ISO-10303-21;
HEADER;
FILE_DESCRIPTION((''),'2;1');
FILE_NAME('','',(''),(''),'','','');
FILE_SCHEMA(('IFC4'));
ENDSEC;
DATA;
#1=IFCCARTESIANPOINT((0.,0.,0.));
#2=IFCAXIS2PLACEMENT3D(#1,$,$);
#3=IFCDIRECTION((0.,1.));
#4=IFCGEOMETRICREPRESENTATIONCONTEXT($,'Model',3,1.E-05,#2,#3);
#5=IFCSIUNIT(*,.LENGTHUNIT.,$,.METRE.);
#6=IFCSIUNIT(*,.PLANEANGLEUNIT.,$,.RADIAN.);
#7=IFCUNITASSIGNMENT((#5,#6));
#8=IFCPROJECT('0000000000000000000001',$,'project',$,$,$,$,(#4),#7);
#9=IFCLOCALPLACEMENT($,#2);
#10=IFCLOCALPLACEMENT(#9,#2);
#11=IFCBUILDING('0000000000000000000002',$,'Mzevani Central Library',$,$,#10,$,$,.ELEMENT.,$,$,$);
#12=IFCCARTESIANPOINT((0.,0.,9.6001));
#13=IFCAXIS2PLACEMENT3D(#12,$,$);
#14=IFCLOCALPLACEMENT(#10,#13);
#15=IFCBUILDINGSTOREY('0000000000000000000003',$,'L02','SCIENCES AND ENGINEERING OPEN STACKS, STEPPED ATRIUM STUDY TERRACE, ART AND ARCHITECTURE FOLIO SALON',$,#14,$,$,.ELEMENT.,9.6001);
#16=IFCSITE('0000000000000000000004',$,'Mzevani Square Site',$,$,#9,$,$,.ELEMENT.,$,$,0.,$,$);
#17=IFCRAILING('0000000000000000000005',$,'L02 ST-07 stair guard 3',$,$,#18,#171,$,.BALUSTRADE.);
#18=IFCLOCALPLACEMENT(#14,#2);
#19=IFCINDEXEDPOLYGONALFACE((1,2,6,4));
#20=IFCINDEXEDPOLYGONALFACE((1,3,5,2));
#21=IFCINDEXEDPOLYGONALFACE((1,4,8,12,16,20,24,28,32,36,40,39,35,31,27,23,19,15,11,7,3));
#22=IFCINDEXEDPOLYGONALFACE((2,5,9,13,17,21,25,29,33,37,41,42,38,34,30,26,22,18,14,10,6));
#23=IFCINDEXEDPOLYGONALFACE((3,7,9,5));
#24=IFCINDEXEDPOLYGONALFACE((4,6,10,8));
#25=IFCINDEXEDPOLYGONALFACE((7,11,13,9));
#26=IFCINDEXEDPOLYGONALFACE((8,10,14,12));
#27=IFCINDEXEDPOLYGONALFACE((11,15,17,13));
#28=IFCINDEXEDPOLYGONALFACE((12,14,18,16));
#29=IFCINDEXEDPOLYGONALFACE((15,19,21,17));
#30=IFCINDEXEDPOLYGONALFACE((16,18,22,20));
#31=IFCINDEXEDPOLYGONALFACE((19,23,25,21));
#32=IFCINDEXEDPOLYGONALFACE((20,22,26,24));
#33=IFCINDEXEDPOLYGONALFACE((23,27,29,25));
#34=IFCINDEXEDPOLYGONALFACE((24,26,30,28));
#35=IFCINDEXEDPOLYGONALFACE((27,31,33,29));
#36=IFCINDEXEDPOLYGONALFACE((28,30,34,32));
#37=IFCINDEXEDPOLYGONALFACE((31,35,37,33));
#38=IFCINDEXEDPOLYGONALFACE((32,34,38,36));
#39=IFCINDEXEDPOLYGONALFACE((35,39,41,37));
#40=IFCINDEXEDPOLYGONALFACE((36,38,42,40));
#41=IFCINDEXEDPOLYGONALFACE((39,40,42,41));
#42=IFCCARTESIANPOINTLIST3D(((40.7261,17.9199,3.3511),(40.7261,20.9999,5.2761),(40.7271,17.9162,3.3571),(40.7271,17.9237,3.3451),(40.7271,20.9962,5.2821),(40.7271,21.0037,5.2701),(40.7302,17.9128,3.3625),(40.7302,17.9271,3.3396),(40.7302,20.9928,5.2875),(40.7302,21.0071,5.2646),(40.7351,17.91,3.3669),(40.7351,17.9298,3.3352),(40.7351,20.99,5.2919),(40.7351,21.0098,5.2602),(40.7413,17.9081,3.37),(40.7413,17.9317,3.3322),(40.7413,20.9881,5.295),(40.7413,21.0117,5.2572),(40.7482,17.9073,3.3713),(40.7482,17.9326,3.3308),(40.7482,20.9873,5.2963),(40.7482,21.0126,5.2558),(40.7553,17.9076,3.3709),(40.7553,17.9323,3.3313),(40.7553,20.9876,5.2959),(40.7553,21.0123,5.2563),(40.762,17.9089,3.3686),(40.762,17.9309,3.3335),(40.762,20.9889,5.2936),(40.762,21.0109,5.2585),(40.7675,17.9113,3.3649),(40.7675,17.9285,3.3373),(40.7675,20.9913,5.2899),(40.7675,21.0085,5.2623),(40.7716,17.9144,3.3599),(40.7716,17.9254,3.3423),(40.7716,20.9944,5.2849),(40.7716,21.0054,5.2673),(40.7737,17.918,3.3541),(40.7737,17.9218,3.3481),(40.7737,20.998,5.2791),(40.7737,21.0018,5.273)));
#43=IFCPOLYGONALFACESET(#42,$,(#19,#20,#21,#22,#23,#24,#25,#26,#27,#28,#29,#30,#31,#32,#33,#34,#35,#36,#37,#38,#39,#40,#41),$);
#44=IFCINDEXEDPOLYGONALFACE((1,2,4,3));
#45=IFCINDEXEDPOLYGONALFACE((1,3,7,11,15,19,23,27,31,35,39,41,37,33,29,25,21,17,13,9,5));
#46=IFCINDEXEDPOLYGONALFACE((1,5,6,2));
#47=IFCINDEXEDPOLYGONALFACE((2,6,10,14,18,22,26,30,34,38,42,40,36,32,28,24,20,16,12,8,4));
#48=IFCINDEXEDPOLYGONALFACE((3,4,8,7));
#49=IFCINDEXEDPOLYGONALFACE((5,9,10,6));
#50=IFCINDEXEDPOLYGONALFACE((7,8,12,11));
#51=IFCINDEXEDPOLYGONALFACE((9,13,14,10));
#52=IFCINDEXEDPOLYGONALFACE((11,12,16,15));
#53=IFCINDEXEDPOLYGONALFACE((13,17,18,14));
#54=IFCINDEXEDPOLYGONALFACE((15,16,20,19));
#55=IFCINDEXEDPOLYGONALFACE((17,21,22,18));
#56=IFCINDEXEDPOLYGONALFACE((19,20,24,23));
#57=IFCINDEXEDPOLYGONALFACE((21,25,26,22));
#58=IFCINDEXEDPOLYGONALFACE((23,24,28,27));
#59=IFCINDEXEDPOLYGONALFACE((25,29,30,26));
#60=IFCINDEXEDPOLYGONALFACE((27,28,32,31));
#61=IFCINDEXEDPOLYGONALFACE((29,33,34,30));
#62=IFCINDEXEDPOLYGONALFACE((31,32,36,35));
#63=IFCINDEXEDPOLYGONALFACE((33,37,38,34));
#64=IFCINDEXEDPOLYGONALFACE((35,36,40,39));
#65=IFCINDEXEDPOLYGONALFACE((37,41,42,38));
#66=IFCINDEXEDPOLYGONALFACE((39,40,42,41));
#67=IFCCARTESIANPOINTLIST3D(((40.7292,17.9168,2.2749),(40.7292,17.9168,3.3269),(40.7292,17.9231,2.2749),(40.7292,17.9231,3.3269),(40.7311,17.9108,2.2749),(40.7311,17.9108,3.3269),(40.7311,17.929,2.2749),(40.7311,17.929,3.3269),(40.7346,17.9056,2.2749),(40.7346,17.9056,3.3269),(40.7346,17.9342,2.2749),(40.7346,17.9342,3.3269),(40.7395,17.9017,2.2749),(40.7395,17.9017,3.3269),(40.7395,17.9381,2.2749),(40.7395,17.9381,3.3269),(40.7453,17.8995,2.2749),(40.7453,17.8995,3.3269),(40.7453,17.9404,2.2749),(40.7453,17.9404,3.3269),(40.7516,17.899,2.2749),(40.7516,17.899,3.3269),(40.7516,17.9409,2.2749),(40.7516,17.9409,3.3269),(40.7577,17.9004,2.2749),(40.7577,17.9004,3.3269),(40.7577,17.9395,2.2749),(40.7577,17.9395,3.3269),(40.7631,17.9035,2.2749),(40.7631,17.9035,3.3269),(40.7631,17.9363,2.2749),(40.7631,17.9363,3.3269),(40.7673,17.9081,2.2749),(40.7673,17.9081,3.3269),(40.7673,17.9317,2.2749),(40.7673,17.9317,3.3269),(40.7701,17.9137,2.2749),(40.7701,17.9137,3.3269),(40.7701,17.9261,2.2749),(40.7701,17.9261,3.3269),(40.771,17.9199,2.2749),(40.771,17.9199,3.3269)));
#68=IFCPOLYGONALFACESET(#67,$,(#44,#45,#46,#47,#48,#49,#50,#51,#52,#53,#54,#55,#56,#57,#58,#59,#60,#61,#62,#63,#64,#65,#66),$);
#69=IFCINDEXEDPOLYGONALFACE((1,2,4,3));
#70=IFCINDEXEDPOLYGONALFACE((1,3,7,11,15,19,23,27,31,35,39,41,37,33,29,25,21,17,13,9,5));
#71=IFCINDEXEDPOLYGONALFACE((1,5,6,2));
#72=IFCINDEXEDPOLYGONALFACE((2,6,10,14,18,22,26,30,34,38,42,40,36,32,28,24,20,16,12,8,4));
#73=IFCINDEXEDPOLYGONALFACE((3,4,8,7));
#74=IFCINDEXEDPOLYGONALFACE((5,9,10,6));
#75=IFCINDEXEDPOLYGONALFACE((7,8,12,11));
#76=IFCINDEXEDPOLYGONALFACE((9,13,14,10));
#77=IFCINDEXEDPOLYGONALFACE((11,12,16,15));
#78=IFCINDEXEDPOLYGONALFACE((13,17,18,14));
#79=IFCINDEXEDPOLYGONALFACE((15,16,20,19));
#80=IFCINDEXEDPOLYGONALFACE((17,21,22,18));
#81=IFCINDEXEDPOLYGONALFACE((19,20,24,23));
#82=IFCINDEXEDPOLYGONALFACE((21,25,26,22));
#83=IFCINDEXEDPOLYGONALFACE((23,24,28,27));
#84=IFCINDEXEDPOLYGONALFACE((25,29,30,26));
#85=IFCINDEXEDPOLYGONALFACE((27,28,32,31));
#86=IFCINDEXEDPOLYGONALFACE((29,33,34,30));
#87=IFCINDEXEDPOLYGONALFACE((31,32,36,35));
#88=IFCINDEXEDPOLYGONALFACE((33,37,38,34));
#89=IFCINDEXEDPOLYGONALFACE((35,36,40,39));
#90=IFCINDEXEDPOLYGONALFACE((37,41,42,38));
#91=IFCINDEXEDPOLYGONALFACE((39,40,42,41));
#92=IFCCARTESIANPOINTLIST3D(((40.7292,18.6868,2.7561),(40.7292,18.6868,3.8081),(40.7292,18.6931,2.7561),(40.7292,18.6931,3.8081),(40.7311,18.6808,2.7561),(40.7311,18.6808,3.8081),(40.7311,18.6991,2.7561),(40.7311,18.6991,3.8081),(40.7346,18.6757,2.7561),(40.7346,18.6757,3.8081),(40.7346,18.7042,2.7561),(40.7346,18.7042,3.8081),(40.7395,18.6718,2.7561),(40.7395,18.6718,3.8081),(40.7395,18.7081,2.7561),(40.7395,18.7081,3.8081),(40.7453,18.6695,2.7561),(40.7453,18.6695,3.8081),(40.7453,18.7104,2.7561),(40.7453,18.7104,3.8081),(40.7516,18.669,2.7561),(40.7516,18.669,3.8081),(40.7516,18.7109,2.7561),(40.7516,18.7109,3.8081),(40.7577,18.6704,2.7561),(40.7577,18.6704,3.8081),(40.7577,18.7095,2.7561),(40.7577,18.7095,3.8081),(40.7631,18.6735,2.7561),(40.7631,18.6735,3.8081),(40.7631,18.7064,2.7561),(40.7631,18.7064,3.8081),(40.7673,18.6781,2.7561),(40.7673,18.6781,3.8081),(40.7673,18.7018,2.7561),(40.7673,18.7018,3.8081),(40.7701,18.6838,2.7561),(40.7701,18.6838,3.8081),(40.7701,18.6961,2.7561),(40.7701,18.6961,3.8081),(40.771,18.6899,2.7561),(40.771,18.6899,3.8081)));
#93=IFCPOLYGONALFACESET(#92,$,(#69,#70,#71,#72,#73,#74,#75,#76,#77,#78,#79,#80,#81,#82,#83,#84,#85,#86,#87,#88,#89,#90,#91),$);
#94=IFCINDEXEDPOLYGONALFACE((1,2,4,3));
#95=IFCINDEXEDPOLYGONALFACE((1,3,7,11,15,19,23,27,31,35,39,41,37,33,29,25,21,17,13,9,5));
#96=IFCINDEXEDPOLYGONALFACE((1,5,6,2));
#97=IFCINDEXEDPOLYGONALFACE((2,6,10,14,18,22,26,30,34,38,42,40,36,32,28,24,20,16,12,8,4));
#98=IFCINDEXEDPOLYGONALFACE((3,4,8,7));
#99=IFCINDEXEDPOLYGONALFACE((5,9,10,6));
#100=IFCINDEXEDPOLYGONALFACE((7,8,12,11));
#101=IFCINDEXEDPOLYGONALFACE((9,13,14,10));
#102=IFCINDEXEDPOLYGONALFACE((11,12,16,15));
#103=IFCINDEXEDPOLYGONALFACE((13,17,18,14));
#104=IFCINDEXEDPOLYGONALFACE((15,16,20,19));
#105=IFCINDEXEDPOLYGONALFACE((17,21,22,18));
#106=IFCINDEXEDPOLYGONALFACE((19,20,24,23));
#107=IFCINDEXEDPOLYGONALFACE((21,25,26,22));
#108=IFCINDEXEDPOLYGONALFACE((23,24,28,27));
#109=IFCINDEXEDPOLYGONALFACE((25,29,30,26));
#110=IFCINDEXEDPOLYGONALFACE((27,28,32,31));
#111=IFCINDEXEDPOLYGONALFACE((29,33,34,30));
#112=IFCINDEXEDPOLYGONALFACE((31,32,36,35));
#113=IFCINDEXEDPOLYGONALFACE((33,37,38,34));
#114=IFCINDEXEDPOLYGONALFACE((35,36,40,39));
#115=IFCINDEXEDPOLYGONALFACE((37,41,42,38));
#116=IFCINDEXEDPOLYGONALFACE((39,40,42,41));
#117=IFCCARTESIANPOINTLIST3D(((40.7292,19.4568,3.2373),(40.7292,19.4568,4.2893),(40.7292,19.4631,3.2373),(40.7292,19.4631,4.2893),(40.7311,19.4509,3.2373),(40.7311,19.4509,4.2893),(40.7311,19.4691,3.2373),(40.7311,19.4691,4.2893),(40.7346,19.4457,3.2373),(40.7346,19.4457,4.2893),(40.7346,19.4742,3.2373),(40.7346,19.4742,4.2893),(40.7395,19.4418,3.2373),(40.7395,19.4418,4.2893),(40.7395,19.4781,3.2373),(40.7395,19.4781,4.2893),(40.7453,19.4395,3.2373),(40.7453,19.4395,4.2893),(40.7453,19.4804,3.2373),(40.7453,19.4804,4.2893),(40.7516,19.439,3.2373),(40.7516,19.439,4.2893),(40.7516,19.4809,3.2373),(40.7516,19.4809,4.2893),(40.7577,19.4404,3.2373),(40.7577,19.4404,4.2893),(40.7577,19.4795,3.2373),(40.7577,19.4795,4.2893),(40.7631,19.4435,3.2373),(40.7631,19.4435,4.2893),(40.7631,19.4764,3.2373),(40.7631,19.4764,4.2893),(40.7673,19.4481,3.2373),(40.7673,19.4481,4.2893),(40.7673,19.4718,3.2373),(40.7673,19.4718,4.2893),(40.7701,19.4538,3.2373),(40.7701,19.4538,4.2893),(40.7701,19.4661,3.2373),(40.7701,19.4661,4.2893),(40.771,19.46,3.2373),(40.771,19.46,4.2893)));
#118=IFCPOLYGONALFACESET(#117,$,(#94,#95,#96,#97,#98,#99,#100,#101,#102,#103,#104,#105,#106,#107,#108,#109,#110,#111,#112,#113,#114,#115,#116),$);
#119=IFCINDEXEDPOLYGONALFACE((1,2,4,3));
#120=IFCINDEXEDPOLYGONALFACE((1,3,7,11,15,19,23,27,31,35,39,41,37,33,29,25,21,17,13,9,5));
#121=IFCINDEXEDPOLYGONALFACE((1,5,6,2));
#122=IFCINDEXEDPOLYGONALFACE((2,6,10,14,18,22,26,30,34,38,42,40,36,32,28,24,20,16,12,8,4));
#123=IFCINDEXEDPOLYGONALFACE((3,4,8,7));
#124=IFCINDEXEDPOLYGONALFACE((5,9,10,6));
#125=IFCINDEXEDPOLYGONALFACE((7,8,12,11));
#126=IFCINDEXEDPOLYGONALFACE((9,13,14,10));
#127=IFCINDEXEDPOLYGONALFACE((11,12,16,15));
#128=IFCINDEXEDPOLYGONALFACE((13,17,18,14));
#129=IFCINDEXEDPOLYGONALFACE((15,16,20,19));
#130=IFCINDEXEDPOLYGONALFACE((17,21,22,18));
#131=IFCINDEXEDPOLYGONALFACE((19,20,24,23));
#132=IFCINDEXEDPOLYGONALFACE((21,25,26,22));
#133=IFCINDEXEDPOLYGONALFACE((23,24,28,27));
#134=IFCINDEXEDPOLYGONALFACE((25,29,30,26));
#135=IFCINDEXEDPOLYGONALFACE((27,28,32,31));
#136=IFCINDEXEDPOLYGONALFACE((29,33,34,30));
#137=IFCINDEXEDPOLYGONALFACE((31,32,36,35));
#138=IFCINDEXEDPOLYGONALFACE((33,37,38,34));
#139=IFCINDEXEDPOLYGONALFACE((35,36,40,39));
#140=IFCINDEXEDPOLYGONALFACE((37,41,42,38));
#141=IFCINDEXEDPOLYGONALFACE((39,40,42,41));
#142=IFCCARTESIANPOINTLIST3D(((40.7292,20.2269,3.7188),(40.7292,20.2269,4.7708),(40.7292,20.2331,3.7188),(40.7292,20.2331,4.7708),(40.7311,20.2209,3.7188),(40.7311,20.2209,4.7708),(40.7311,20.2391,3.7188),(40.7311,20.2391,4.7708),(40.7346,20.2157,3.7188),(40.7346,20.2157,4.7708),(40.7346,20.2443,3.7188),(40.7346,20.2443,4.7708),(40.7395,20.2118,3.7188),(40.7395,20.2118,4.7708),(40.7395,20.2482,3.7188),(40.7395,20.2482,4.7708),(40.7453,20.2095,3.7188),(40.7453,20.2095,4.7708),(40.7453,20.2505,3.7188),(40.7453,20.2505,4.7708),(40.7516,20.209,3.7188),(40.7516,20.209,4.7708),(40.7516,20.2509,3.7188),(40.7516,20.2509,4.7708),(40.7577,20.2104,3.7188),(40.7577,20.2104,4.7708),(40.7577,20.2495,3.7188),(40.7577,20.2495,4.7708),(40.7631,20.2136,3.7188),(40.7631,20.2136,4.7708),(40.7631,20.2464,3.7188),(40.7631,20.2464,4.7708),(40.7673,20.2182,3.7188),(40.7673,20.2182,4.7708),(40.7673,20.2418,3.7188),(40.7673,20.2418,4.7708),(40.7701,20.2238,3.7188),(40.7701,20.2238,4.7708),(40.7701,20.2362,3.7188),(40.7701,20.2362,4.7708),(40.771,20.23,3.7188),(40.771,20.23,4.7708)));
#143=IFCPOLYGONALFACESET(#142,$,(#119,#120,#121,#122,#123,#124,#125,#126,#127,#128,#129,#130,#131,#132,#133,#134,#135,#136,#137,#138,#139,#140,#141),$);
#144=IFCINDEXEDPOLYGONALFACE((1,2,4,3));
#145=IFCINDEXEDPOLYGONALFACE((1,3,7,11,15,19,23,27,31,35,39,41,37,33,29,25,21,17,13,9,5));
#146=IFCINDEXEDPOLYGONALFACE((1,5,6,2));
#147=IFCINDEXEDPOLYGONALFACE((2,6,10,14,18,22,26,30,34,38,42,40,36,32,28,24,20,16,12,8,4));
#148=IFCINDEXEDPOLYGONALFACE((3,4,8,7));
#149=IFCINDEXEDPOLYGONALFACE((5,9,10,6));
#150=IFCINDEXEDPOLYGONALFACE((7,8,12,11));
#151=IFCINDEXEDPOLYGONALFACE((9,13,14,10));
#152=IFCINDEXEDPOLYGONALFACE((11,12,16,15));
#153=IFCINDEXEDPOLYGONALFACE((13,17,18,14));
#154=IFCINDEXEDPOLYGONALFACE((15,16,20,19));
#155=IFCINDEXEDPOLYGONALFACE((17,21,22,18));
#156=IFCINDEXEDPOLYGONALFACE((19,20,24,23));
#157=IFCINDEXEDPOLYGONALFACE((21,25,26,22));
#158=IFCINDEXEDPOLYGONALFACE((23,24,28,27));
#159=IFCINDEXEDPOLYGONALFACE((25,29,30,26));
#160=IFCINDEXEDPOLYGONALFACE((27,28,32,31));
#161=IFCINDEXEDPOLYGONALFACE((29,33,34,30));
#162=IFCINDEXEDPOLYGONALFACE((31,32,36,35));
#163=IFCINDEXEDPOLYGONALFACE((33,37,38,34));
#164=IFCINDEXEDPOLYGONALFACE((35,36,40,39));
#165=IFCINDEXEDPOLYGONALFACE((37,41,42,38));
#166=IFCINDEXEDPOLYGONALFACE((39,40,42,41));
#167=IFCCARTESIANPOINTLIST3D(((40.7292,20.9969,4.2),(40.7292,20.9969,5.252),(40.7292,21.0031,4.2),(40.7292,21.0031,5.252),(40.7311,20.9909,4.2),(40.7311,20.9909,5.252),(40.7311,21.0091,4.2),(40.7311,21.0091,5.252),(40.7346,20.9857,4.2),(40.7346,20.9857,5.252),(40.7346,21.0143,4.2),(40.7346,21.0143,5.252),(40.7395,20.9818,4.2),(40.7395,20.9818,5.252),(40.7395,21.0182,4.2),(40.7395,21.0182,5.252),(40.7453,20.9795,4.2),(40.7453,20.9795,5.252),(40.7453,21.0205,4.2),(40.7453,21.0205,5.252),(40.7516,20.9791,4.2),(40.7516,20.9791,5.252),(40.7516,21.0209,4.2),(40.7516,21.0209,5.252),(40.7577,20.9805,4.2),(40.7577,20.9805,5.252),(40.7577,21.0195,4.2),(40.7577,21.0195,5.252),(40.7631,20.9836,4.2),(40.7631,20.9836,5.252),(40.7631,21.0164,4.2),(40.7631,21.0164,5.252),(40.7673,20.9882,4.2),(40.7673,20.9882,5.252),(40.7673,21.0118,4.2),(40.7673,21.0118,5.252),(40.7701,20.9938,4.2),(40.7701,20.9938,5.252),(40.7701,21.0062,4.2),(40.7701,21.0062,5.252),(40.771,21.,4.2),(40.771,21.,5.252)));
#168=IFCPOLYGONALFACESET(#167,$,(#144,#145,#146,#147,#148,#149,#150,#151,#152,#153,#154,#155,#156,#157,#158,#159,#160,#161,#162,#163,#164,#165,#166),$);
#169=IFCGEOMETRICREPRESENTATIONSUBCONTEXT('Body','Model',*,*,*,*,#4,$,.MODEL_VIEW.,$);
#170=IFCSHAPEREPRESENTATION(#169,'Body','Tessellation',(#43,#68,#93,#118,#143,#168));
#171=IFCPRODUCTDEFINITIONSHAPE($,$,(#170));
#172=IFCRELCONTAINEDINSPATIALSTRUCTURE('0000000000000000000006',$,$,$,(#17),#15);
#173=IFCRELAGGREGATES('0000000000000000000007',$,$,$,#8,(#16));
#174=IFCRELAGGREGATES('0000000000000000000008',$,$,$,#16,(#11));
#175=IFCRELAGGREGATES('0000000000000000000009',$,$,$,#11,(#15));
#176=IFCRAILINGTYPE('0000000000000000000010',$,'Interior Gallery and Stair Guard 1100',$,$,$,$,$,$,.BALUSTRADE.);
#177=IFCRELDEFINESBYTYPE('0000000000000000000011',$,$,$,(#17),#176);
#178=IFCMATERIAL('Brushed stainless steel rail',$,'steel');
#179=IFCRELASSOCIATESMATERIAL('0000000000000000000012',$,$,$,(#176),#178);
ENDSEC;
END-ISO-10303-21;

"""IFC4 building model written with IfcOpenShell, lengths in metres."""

from ifc_helpers import new_model, si_unit, direction, frame, origin, origin_2d, place, context, subcontext, project, spatial, circle, extrude, material, type_object, element, save


model = new_model("IFC4")

# Units and contexts
model_context = context("Model", 3, precision=1e-05, world=origin(), true_north=direction((0.0, 1.0)))
body_context = subcontext(model_context, "Body", "Model", "MODEL_VIEW")
ifc_project = project(units=[si_unit("LENGTHUNIT", "METRE"), si_unit("PLANEANGLEUNIT", "RADIAN")], contexts=[model_context])

# Site, building, storey
site_placement = place(None, origin())
site = spatial("IfcSite", under=ifc_project, at=site_placement, Name="Mzevani Square Site", CompositionType="ELEMENT", RefElevation=0.0)
building_placement = place(site_placement, origin())
building = spatial("IfcBuilding", under=site, at=building_placement, Name="Mzevani Central Library", CompositionType="ELEMENT")
storey_placement = place(building_placement, frame((0.0, 0.0, 9.6001)))
storey = spatial("IfcBuildingStorey", under=building, at=storey_placement, Name="L02", Description="SCIENCES AND ENGINEERING OPEN STACKS, STEPPED ATRIUM STUDY TERRACE, ART AND ARCHITECTURE FOLIO SALON", CompositionType="ELEMENT", Elevation=9.6001)

# Railing
ifc_material_1 = material(Name="Brushed stainless steel rail", Category="steel")
railing_type_1 = type_object("IfcRailingType", Name="Interior Gallery and Stair Guard 1100", PredefinedType="BALUSTRADE", material=ifc_material_1)
railing_1_placement = place(storey_placement, frame((40.75, 17.9199, 2.2749)))
element("IfcRailing", 1, at=railing_1_placement, inside=storey, type_object=railing_type_1, Name="L02 ST-07 stair guard 3", PredefinedType="BALUSTRADE", context=body_context, shape_type="SweptSolid", body=[
    extrude(circle(Radius=0.0239, at=origin_2d()), frame((0.0, 0.0, 1.0762), z_axis=(0.0, 0.847998, 0.529999), x_axis=(-1.0, 0.0, 0.0)), (0.0, 0.0, 1.0), 3.6321),
    extrude(circle(Radius=0.021, at=origin_2d()), origin(), (0.0, 0.0, 1.0), 1.052),
    extrude(circle(Radius=0.021, at=origin_2d()), frame((0.0, 0.77, 0.4812)), (0.0, 0.0, 1.0), 1.052),
    extrude(circle(Radius=0.021, at=origin_2d()), frame((0.0, 1.54, 0.9624)), (0.0, 0.0, 1.0), 1.052),
    extrude(circle(Radius=0.021, at=origin_2d()), frame((0.0, 2.3101, 1.4438)), (0.0, 0.0, 1.0), 1.052),
    extrude(circle(Radius=0.021, at=origin_2d()), frame((0.0, 3.0801, 1.925)), (0.0, 0.0, 1.0), 1.052),
])

save(model, "model.ifc")
